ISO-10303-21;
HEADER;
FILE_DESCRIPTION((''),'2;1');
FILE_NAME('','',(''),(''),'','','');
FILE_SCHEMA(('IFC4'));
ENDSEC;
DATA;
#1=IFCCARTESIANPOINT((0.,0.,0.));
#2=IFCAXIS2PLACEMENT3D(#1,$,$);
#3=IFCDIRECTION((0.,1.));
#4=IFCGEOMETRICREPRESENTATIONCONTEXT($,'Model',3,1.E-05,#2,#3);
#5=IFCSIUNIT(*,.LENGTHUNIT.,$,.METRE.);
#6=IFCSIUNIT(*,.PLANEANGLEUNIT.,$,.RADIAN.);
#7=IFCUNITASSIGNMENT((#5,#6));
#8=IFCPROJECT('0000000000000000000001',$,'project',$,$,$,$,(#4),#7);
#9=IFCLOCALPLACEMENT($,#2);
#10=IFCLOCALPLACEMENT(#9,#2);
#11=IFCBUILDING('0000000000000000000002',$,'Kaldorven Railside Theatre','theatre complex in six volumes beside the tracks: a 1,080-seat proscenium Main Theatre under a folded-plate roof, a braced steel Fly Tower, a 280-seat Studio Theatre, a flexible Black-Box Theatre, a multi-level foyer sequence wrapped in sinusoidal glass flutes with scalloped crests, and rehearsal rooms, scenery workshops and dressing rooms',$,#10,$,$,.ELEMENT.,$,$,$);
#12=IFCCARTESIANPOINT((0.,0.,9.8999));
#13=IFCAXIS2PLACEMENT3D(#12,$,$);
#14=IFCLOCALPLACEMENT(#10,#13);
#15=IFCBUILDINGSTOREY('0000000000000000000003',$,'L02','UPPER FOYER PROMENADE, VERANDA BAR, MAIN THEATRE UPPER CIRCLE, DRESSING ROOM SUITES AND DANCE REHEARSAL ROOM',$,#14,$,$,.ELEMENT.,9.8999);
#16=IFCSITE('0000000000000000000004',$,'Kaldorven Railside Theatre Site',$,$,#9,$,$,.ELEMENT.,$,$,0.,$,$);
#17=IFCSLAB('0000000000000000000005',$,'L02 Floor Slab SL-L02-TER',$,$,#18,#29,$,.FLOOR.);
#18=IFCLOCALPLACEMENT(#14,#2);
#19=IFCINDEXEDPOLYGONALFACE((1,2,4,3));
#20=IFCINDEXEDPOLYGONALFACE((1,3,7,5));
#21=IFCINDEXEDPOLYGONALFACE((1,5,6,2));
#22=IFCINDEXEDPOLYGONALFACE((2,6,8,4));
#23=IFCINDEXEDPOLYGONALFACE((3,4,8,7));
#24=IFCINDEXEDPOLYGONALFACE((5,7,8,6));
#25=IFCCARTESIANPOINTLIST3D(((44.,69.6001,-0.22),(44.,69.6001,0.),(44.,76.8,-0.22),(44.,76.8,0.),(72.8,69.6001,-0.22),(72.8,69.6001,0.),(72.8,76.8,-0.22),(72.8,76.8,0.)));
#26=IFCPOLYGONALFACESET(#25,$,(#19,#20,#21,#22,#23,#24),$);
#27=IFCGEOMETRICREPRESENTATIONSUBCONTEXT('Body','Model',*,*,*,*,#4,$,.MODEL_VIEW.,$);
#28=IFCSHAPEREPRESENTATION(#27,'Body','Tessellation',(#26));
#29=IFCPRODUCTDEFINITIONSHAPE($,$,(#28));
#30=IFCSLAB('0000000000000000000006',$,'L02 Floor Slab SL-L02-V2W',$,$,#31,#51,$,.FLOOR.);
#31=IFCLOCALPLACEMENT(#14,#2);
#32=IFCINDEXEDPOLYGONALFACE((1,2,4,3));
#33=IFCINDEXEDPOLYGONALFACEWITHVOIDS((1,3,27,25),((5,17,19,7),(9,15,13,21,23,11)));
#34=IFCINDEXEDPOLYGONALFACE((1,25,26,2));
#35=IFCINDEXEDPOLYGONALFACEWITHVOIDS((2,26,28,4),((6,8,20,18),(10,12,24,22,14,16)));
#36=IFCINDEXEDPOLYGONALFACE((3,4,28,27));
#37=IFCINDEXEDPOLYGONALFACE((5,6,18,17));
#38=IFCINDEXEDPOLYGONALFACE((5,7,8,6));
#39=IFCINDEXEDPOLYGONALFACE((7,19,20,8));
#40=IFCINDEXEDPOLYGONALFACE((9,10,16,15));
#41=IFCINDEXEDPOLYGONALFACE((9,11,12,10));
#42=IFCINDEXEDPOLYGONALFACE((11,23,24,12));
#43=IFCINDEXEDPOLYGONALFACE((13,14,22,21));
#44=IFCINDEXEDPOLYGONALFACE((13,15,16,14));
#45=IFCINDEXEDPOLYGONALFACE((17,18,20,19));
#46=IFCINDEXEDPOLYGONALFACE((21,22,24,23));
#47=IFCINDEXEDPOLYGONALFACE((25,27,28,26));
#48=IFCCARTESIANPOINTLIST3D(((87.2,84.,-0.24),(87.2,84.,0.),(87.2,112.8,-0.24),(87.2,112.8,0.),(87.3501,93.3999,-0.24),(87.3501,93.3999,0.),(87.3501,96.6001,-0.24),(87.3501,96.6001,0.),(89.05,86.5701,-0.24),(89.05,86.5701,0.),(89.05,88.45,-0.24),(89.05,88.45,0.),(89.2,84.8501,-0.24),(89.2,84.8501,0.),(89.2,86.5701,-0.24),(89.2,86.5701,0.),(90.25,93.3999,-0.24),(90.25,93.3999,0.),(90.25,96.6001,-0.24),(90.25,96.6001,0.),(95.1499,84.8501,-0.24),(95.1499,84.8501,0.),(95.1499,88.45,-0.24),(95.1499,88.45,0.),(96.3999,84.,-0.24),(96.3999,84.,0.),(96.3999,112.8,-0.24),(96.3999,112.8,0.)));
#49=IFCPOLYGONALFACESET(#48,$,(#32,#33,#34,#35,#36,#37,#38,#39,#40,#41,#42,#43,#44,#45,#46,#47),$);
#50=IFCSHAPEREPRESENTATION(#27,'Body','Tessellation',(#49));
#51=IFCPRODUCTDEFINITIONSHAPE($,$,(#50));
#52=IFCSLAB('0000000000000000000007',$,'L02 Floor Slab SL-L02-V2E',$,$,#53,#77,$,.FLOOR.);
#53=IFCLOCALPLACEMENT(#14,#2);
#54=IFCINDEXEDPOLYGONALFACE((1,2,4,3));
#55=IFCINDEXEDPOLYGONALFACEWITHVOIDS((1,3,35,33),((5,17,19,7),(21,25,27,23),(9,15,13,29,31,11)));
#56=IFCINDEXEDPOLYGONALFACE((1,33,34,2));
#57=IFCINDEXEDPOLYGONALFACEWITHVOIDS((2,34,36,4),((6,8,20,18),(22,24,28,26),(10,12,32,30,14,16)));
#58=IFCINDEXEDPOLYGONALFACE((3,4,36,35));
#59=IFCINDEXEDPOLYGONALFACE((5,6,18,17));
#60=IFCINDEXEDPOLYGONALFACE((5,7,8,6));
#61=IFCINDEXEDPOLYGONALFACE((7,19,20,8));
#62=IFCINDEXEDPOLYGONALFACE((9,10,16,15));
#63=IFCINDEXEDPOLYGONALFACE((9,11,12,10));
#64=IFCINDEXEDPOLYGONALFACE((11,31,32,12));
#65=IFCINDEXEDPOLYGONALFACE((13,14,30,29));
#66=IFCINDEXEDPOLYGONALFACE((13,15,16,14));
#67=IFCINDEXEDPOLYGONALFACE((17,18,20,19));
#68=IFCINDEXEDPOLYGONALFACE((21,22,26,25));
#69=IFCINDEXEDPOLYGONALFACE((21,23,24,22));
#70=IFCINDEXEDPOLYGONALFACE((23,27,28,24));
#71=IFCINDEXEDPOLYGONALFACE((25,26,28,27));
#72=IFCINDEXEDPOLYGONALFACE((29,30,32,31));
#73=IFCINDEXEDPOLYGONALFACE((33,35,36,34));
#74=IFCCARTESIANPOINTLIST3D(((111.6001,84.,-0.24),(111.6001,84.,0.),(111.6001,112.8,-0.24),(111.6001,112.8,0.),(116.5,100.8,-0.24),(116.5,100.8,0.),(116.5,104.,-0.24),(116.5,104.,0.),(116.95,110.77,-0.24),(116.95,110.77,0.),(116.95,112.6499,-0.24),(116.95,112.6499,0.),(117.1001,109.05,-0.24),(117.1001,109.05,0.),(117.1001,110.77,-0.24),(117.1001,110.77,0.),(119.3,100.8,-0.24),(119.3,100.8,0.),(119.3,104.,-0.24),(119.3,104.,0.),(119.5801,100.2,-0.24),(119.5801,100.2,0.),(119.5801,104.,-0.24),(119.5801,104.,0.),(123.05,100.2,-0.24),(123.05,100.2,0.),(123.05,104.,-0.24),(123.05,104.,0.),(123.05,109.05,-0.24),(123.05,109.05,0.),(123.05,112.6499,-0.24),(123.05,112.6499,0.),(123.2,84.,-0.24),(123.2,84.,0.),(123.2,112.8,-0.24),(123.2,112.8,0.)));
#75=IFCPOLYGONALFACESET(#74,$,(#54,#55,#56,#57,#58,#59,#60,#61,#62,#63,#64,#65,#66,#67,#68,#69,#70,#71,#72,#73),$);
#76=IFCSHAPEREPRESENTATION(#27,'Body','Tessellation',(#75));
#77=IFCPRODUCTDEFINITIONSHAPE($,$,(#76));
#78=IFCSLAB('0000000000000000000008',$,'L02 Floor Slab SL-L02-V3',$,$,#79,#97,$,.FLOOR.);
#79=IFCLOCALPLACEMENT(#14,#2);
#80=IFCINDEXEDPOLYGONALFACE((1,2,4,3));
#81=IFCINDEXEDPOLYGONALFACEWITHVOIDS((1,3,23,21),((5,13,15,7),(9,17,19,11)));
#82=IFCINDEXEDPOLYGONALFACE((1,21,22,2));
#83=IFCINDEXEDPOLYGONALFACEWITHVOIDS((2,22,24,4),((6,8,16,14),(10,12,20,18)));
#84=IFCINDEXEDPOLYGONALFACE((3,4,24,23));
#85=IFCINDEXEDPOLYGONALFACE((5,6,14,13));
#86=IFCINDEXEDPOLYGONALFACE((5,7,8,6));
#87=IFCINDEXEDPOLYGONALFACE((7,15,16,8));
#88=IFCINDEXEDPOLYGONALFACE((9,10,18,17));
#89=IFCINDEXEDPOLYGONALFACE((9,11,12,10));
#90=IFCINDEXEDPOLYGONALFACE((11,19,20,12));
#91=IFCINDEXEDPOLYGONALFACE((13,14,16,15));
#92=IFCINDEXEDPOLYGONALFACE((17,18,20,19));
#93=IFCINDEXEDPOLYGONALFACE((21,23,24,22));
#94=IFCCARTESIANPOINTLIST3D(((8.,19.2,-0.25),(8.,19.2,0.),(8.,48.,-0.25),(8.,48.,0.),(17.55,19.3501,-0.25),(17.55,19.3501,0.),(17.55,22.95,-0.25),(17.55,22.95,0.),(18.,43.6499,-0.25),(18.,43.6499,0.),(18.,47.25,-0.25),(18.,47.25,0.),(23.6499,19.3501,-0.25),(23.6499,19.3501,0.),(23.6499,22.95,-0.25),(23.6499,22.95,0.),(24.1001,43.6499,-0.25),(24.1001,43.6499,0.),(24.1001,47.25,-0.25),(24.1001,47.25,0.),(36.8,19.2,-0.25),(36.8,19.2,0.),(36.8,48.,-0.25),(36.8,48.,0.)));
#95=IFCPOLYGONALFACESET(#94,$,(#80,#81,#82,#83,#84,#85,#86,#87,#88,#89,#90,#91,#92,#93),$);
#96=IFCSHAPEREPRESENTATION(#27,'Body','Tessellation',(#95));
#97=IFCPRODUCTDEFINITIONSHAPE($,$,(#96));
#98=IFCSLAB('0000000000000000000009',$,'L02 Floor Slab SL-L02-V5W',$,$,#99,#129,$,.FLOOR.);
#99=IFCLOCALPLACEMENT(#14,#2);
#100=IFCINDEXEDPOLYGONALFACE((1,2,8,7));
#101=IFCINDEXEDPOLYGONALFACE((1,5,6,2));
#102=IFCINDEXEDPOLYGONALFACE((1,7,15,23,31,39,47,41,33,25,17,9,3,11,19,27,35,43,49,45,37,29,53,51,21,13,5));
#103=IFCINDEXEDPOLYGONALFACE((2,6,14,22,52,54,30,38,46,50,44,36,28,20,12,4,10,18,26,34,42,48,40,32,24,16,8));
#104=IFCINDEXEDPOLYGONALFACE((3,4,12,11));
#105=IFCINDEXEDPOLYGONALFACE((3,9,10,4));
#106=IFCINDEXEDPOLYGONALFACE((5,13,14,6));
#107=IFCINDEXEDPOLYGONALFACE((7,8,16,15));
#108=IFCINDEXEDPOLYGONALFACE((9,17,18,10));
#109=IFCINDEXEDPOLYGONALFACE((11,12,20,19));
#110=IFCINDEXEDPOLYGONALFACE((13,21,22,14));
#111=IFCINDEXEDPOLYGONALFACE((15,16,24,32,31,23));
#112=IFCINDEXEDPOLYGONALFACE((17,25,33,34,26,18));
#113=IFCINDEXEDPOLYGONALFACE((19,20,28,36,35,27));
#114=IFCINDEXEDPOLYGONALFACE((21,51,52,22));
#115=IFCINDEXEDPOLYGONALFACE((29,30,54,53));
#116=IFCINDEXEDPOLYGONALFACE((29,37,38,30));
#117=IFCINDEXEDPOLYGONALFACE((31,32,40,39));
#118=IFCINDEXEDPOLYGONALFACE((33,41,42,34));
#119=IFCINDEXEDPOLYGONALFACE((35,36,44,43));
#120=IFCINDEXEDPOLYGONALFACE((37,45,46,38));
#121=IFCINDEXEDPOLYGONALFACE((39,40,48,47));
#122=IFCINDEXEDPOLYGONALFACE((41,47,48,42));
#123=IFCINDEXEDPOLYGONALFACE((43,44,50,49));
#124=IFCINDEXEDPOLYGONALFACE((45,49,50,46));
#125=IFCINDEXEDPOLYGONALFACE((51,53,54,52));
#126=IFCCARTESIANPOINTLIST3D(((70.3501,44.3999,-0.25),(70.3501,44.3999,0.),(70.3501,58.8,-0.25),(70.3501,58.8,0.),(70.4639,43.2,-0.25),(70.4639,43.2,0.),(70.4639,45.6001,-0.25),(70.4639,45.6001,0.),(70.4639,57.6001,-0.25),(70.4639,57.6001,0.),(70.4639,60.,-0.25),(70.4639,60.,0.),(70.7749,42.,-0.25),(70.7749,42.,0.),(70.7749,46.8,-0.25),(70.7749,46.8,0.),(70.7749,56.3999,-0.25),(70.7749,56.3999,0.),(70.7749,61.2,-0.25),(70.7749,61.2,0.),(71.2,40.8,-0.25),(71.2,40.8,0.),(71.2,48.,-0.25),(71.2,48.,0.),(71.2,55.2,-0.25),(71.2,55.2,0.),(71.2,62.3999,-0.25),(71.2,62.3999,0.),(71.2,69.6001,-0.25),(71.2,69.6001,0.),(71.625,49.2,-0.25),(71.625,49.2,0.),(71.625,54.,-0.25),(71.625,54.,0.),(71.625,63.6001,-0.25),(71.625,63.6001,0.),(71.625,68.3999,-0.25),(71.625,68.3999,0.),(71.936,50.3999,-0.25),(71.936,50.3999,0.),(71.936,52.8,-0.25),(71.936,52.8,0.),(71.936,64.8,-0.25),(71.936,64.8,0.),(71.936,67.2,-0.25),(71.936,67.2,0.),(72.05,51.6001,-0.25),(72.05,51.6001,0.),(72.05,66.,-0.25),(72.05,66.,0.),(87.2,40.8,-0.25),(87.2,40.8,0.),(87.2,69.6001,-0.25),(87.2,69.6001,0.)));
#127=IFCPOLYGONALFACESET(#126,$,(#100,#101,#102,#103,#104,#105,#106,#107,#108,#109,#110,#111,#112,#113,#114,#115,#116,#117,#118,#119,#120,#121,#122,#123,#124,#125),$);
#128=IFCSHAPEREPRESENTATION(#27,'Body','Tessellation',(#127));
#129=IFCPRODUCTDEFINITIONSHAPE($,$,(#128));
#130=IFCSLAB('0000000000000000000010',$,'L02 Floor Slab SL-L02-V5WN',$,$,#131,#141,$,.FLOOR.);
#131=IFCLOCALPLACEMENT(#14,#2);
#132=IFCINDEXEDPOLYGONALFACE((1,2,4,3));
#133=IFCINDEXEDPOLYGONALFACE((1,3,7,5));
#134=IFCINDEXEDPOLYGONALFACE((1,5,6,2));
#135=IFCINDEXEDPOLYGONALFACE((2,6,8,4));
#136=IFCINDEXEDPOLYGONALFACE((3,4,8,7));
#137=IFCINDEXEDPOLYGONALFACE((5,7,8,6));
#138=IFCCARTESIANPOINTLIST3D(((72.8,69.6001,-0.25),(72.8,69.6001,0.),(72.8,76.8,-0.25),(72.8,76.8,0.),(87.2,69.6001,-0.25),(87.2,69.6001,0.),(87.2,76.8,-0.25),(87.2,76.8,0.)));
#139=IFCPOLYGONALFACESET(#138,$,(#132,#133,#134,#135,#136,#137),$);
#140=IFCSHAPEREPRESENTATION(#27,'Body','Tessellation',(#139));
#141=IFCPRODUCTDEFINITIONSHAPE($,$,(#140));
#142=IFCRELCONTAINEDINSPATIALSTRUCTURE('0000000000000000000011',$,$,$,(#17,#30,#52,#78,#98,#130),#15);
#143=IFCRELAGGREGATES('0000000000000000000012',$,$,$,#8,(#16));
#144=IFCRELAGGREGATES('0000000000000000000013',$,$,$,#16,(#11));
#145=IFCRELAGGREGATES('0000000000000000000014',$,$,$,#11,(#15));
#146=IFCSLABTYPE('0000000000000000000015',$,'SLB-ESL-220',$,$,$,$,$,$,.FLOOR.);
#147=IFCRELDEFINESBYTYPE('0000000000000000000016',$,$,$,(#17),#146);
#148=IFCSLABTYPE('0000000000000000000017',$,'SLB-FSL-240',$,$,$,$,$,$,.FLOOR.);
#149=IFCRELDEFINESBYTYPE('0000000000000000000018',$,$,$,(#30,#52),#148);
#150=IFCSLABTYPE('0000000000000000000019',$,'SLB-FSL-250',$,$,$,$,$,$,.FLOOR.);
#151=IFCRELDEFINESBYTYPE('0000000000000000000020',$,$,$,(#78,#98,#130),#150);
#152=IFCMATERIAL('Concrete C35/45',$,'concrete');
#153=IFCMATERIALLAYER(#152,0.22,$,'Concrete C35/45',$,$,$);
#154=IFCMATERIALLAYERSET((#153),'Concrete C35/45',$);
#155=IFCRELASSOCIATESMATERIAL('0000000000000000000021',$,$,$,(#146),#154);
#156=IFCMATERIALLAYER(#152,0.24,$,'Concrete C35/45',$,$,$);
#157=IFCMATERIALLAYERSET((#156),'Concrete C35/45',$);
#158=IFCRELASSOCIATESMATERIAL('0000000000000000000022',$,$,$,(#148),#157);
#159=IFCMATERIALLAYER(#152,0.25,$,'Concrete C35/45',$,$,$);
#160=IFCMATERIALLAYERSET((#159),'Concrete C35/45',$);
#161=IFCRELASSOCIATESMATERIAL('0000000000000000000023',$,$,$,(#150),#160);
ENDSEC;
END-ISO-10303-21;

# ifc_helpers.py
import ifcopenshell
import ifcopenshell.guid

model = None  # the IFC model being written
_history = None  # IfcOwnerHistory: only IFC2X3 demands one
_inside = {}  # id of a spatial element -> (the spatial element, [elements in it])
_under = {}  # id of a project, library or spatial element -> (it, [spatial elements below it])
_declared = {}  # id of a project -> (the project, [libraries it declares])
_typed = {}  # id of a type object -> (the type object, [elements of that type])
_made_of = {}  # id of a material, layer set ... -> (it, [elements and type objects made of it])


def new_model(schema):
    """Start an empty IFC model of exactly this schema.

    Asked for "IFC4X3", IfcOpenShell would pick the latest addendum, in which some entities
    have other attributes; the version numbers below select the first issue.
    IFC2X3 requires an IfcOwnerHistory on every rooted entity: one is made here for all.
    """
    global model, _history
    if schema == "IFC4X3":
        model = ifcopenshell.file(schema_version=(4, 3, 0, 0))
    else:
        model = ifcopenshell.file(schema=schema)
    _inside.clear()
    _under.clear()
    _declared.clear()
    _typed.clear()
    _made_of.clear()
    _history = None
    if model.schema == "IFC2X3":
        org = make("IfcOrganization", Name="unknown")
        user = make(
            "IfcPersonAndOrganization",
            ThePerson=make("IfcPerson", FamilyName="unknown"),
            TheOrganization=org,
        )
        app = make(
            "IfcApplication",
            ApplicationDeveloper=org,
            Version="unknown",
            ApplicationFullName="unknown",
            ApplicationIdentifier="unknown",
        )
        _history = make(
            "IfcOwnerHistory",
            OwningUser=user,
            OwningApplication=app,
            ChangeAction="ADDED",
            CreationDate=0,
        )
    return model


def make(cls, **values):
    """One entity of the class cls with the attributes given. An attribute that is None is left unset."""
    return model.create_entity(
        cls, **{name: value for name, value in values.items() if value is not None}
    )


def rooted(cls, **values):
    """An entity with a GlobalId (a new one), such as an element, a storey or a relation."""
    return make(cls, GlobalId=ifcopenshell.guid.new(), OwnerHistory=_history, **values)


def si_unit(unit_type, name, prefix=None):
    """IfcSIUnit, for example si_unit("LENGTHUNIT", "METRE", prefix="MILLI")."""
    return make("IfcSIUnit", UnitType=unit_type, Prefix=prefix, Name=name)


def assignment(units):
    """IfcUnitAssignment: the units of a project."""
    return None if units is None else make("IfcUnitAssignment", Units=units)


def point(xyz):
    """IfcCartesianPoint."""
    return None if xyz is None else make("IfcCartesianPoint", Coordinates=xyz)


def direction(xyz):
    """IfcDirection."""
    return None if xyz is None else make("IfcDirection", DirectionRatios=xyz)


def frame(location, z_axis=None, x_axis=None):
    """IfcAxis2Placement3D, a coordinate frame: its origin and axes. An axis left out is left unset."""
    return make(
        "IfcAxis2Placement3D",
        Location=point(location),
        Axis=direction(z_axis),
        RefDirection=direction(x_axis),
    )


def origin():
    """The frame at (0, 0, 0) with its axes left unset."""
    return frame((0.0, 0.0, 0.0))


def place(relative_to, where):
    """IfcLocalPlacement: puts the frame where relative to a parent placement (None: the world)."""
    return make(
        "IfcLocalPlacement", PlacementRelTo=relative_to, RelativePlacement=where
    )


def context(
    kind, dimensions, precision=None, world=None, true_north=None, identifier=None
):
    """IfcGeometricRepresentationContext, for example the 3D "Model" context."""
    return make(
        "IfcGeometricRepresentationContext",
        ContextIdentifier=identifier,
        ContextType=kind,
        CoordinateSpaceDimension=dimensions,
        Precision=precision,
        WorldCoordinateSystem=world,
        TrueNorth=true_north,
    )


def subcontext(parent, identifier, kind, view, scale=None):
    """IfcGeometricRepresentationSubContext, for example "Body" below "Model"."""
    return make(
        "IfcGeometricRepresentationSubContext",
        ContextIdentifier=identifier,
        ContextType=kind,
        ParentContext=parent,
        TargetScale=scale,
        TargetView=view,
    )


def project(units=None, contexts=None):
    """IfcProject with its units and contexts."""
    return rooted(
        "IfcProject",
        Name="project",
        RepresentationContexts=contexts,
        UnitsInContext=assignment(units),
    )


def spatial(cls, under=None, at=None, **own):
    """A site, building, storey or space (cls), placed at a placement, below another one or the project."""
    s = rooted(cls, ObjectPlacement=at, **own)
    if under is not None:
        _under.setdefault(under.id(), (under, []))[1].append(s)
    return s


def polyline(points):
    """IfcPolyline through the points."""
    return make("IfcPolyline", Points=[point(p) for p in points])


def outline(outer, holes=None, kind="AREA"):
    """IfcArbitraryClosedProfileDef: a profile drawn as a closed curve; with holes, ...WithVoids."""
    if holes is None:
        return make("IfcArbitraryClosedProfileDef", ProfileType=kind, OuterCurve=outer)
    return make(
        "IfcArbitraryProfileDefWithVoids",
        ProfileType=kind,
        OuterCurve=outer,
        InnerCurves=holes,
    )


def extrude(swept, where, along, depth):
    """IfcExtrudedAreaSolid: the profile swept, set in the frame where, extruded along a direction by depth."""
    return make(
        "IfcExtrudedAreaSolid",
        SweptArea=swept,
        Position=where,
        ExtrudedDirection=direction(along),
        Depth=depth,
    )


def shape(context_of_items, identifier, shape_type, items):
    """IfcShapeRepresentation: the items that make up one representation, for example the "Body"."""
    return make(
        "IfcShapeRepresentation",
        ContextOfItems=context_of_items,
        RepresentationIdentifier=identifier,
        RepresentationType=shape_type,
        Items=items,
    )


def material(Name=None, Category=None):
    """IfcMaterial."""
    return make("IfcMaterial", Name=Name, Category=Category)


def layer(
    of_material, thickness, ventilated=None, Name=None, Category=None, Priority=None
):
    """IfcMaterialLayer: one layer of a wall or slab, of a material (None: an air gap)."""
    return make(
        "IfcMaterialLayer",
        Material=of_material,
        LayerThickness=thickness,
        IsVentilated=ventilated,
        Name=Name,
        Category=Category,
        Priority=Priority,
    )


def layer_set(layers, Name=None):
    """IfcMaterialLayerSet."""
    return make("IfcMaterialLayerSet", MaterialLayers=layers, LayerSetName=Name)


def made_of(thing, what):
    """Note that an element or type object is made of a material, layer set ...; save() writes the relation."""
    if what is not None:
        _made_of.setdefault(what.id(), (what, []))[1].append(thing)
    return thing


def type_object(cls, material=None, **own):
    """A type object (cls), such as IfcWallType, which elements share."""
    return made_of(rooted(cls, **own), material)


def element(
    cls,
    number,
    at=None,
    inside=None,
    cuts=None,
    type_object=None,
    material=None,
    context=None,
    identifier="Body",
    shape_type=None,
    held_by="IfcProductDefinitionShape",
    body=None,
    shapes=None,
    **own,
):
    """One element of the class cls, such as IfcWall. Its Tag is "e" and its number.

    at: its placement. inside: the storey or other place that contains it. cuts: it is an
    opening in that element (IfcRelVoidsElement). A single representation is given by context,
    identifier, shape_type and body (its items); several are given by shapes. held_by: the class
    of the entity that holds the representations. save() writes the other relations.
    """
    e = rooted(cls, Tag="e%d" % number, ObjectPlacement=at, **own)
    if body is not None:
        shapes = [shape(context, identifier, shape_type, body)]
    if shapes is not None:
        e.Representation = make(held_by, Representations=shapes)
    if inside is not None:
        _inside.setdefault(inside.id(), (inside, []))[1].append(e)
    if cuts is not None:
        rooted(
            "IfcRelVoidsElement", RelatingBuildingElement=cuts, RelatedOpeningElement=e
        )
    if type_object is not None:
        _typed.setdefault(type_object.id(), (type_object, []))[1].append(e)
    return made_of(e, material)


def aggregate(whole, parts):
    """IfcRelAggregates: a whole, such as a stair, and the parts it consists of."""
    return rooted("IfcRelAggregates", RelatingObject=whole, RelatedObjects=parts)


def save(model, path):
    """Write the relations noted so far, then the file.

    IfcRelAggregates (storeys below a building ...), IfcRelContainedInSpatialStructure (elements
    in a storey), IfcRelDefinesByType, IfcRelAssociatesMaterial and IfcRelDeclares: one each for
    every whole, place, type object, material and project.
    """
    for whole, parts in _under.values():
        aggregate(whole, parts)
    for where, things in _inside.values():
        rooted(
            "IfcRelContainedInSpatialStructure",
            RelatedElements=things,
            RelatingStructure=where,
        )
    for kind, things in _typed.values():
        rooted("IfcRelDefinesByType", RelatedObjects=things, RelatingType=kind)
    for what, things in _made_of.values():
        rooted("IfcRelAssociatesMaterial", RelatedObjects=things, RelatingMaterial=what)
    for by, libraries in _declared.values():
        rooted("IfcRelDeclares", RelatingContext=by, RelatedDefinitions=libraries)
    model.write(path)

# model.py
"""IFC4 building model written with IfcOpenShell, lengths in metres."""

from ifc_helpers import new_model, si_unit, direction, frame, origin, place, context, subcontext, project, spatial, polyline, outline, extrude, material, layer, layer_set, type_object, element, save


model = new_model("IFC4")

# Units and contexts
model_context = context("Model", 3, precision=1e-05, world=origin(), true_north=direction((0.0, 1.0)))
body_context = subcontext(model_context, "Body", "Model", "MODEL_VIEW")
ifc_project = project(units=[si_unit("LENGTHUNIT", "METRE"), si_unit("PLANEANGLEUNIT", "RADIAN")], contexts=[model_context])

# Site, building, storey
site_placement = place(None, origin())
site = spatial("IfcSite", under=ifc_project, at=site_placement, Name="Kaldorven Railside Theatre Site", CompositionType="ELEMENT", RefElevation=0.0)
building_placement = place(site_placement, origin())
building = spatial("IfcBuilding", under=site, at=building_placement, Name="Kaldorven Railside Theatre", Description="theatre complex in six volumes beside the tracks: a 1,080-seat proscenium Main Theatre under a folded-plate roof, a braced steel Fly Tower, a 280-seat Studio Theatre, a flexible Black-Box Theatre, a multi-level foyer sequence wrapped in sinusoidal glass flutes with scalloped crests, and rehearsal rooms, scenery workshops and dressing rooms", CompositionType="ELEMENT")
storey_placement = place(building_placement, frame((0.0, 0.0, 9.8999)))
storey = spatial("IfcBuildingStorey", under=building, at=storey_placement, Name="L02", Description="UPPER FOYER PROMENADE, VERANDA BAR, MAIN THEATRE UPPER CIRCLE, DRESSING ROOM SUITES AND DANCE REHEARSAL ROOM", CompositionType="ELEMENT", Elevation=9.8999)

# Slabs
ifc_material_1 = material(Name="Concrete C35/45", Category="concrete")
ifc_layer_1 = layer(ifc_material_1, 0.22, Name="Concrete C35/45")
ifc_layer_set_1 = layer_set([ifc_layer_1], Name="Concrete C35/45")
slab_type_1 = type_object("IfcSlabType", Name="SLB-ESL-220", PredefinedType="FLOOR", material=ifc_layer_set_1)
slab_1_placement = place(storey_placement, frame((0.0, 0.0, -0.22)))
element("IfcSlab", 1, at=slab_1_placement, inside=storey, type_object=slab_type_1, Name="L02 Floor Slab SL-L02-TER", PredefinedType="FLOOR", context=body_context, shape_type="SweptSolid", body=[
    extrude(outline(polyline([(44.0, 69.6001), (72.8, 69.6001), (72.8, 76.8), (44.0, 76.8), (44.0, 69.6001)])), origin(), (0.0, 0.0, 1.0), 0.22),
])
ifc_layer_2 = layer(ifc_material_1, 0.24, Name="Concrete C35/45")
ifc_layer_set_2 = layer_set([ifc_layer_2], Name="Concrete C35/45")
slab_type_2 = type_object("IfcSlabType", Name="SLB-FSL-240", PredefinedType="FLOOR", material=ifc_layer_set_2)
slab_2_placement = place(storey_placement, frame((0.0, 0.0, -0.24)))
element("IfcSlab", 2, at=slab_2_placement, inside=storey, type_object=slab_type_2, Name="L02 Floor Slab SL-L02-V2W", PredefinedType="FLOOR", context=body_context, shape_type="SweptSolid", body=[
    extrude(outline(polyline([(87.2, 84.0), (96.3999, 84.0), (96.3999, 112.8), (87.2, 112.8), (87.2, 84.0)]), holes=[polyline([(89.05, 88.45), (95.1499, 88.45), (95.1499, 84.8501), (89.2, 84.8501), (89.2, 86.5701), (89.05, 86.5701), (89.05, 88.45)]), polyline([(90.25, 93.3999), (90.25, 96.6001), (87.3501, 96.6001), (87.3501, 93.3999), (90.25, 93.3999)])]), origin(), (0.0, 0.0, 1.0), 0.24),
])
slab_3_placement = place(storey_placement, frame((0.0, 0.0, -0.24)))
element("IfcSlab", 3, at=slab_3_placement, inside=storey, type_object=slab_type_2, Name="L02 Floor Slab SL-L02-V2E", PredefinedType="FLOOR", context=body_context, shape_type="SweptSolid", body=[
    extrude(outline(polyline([(111.6001, 84.0), (123.2, 84.0), (123.2, 112.8), (111.6001, 112.8), (111.6001, 84.0)]), holes=[polyline([(116.95, 112.6499), (123.05, 112.6499), (123.05, 109.05), (117.1001, 109.05), (117.1001, 110.77), (116.95, 110.77), (116.95, 112.6499)]), polyline([(119.3, 100.8), (119.3, 104.0), (116.5, 104.0), (116.5, 100.8), (119.3, 100.8)]), polyline([(123.05, 100.2), (123.05, 104.0), (119.5801, 104.0), (119.5801, 100.2), (123.05, 100.2)])]), origin(), (0.0, 0.0, 1.0), 0.24),
])
ifc_layer_3 = layer(ifc_material_1, 0.25, Name="Concrete C35/45")
ifc_layer_set_3 = layer_set([ifc_layer_3], Name="Concrete C35/45")
slab_type_3 = type_object("IfcSlabType", Name="SLB-FSL-250", PredefinedType="FLOOR", material=ifc_layer_set_3)
slab_4_placement = place(storey_placement, frame((0.0, 0.0, -0.25)))
element("IfcSlab", 4, at=slab_4_placement, inside=storey, type_object=slab_type_3, Name="L02 Floor Slab SL-L02-V3", PredefinedType="FLOOR", context=body_context, shape_type="SweptSolid", body=[
    extrude(outline(polyline([(8.0, 19.2), (36.8, 19.2), (36.8, 48.0), (8.0, 48.0), (8.0, 19.2)]), holes=[polyline([(17.55, 19.3501), (23.6499, 19.3501), (23.6499, 22.95), (17.55, 22.95), (17.55, 19.3501)]), polyline([(18.0, 43.6499), (24.1001, 43.6499), (24.1001, 47.25), (18.0, 47.25), (18.0, 43.6499)])]), origin(), (0.0, 0.0, 1.0), 0.25),
])
slab_5_placement = place(storey_placement, frame((0.0, 0.0, -0.25)))
element("IfcSlab", 5, at=slab_5_placement, inside=storey, type_object=slab_type_3, Name="L02 Floor Slab SL-L02-V5W", PredefinedType="FLOOR", context=body_context, shape_type="SweptSolid", body=[
    extrude(outline(polyline([(71.2, 40.8), (87.2, 40.8), (87.2, 69.6001), (71.2, 69.6001), (71.625, 68.3999), (71.936, 67.2), (72.05, 66.0), (71.936, 64.8), (71.625, 63.6001), (71.2, 62.3999), (70.7749, 61.2), (70.4639, 60.0), (70.3501, 58.8), (70.4639, 57.6001), (70.7749, 56.3999), (71.2, 55.2), (71.625, 54.0), (71.936, 52.8), (72.05, 51.6001), (71.936, 50.3999), (71.625, 49.2), (71.2, 48.0), (70.7749, 46.8), (70.4639, 45.6001), (70.3501, 44.3999), (70.4639, 43.2), (70.7749, 42.0), (71.2, 40.8)])), origin(), (0.0, 0.0, 1.0), 0.25),
])
slab_6_placement = place(storey_placement, frame((0.0, 0.0, -0.25)))
element("IfcSlab", 6, at=slab_6_placement, inside=storey, type_object=slab_type_3, Name="L02 Floor Slab SL-L02-V5WN", PredefinedType="FLOOR", context=body_context, shape_type="SweptSolid", body=[
    extrude(outline(polyline([(72.8, 69.6001), (87.2, 69.6001), (87.2, 76.8), (72.8, 76.8), (72.8, 69.6001)])), origin(), (0.0, 0.0, 1.0), 0.25),
])

save(model, "model.ifc")
